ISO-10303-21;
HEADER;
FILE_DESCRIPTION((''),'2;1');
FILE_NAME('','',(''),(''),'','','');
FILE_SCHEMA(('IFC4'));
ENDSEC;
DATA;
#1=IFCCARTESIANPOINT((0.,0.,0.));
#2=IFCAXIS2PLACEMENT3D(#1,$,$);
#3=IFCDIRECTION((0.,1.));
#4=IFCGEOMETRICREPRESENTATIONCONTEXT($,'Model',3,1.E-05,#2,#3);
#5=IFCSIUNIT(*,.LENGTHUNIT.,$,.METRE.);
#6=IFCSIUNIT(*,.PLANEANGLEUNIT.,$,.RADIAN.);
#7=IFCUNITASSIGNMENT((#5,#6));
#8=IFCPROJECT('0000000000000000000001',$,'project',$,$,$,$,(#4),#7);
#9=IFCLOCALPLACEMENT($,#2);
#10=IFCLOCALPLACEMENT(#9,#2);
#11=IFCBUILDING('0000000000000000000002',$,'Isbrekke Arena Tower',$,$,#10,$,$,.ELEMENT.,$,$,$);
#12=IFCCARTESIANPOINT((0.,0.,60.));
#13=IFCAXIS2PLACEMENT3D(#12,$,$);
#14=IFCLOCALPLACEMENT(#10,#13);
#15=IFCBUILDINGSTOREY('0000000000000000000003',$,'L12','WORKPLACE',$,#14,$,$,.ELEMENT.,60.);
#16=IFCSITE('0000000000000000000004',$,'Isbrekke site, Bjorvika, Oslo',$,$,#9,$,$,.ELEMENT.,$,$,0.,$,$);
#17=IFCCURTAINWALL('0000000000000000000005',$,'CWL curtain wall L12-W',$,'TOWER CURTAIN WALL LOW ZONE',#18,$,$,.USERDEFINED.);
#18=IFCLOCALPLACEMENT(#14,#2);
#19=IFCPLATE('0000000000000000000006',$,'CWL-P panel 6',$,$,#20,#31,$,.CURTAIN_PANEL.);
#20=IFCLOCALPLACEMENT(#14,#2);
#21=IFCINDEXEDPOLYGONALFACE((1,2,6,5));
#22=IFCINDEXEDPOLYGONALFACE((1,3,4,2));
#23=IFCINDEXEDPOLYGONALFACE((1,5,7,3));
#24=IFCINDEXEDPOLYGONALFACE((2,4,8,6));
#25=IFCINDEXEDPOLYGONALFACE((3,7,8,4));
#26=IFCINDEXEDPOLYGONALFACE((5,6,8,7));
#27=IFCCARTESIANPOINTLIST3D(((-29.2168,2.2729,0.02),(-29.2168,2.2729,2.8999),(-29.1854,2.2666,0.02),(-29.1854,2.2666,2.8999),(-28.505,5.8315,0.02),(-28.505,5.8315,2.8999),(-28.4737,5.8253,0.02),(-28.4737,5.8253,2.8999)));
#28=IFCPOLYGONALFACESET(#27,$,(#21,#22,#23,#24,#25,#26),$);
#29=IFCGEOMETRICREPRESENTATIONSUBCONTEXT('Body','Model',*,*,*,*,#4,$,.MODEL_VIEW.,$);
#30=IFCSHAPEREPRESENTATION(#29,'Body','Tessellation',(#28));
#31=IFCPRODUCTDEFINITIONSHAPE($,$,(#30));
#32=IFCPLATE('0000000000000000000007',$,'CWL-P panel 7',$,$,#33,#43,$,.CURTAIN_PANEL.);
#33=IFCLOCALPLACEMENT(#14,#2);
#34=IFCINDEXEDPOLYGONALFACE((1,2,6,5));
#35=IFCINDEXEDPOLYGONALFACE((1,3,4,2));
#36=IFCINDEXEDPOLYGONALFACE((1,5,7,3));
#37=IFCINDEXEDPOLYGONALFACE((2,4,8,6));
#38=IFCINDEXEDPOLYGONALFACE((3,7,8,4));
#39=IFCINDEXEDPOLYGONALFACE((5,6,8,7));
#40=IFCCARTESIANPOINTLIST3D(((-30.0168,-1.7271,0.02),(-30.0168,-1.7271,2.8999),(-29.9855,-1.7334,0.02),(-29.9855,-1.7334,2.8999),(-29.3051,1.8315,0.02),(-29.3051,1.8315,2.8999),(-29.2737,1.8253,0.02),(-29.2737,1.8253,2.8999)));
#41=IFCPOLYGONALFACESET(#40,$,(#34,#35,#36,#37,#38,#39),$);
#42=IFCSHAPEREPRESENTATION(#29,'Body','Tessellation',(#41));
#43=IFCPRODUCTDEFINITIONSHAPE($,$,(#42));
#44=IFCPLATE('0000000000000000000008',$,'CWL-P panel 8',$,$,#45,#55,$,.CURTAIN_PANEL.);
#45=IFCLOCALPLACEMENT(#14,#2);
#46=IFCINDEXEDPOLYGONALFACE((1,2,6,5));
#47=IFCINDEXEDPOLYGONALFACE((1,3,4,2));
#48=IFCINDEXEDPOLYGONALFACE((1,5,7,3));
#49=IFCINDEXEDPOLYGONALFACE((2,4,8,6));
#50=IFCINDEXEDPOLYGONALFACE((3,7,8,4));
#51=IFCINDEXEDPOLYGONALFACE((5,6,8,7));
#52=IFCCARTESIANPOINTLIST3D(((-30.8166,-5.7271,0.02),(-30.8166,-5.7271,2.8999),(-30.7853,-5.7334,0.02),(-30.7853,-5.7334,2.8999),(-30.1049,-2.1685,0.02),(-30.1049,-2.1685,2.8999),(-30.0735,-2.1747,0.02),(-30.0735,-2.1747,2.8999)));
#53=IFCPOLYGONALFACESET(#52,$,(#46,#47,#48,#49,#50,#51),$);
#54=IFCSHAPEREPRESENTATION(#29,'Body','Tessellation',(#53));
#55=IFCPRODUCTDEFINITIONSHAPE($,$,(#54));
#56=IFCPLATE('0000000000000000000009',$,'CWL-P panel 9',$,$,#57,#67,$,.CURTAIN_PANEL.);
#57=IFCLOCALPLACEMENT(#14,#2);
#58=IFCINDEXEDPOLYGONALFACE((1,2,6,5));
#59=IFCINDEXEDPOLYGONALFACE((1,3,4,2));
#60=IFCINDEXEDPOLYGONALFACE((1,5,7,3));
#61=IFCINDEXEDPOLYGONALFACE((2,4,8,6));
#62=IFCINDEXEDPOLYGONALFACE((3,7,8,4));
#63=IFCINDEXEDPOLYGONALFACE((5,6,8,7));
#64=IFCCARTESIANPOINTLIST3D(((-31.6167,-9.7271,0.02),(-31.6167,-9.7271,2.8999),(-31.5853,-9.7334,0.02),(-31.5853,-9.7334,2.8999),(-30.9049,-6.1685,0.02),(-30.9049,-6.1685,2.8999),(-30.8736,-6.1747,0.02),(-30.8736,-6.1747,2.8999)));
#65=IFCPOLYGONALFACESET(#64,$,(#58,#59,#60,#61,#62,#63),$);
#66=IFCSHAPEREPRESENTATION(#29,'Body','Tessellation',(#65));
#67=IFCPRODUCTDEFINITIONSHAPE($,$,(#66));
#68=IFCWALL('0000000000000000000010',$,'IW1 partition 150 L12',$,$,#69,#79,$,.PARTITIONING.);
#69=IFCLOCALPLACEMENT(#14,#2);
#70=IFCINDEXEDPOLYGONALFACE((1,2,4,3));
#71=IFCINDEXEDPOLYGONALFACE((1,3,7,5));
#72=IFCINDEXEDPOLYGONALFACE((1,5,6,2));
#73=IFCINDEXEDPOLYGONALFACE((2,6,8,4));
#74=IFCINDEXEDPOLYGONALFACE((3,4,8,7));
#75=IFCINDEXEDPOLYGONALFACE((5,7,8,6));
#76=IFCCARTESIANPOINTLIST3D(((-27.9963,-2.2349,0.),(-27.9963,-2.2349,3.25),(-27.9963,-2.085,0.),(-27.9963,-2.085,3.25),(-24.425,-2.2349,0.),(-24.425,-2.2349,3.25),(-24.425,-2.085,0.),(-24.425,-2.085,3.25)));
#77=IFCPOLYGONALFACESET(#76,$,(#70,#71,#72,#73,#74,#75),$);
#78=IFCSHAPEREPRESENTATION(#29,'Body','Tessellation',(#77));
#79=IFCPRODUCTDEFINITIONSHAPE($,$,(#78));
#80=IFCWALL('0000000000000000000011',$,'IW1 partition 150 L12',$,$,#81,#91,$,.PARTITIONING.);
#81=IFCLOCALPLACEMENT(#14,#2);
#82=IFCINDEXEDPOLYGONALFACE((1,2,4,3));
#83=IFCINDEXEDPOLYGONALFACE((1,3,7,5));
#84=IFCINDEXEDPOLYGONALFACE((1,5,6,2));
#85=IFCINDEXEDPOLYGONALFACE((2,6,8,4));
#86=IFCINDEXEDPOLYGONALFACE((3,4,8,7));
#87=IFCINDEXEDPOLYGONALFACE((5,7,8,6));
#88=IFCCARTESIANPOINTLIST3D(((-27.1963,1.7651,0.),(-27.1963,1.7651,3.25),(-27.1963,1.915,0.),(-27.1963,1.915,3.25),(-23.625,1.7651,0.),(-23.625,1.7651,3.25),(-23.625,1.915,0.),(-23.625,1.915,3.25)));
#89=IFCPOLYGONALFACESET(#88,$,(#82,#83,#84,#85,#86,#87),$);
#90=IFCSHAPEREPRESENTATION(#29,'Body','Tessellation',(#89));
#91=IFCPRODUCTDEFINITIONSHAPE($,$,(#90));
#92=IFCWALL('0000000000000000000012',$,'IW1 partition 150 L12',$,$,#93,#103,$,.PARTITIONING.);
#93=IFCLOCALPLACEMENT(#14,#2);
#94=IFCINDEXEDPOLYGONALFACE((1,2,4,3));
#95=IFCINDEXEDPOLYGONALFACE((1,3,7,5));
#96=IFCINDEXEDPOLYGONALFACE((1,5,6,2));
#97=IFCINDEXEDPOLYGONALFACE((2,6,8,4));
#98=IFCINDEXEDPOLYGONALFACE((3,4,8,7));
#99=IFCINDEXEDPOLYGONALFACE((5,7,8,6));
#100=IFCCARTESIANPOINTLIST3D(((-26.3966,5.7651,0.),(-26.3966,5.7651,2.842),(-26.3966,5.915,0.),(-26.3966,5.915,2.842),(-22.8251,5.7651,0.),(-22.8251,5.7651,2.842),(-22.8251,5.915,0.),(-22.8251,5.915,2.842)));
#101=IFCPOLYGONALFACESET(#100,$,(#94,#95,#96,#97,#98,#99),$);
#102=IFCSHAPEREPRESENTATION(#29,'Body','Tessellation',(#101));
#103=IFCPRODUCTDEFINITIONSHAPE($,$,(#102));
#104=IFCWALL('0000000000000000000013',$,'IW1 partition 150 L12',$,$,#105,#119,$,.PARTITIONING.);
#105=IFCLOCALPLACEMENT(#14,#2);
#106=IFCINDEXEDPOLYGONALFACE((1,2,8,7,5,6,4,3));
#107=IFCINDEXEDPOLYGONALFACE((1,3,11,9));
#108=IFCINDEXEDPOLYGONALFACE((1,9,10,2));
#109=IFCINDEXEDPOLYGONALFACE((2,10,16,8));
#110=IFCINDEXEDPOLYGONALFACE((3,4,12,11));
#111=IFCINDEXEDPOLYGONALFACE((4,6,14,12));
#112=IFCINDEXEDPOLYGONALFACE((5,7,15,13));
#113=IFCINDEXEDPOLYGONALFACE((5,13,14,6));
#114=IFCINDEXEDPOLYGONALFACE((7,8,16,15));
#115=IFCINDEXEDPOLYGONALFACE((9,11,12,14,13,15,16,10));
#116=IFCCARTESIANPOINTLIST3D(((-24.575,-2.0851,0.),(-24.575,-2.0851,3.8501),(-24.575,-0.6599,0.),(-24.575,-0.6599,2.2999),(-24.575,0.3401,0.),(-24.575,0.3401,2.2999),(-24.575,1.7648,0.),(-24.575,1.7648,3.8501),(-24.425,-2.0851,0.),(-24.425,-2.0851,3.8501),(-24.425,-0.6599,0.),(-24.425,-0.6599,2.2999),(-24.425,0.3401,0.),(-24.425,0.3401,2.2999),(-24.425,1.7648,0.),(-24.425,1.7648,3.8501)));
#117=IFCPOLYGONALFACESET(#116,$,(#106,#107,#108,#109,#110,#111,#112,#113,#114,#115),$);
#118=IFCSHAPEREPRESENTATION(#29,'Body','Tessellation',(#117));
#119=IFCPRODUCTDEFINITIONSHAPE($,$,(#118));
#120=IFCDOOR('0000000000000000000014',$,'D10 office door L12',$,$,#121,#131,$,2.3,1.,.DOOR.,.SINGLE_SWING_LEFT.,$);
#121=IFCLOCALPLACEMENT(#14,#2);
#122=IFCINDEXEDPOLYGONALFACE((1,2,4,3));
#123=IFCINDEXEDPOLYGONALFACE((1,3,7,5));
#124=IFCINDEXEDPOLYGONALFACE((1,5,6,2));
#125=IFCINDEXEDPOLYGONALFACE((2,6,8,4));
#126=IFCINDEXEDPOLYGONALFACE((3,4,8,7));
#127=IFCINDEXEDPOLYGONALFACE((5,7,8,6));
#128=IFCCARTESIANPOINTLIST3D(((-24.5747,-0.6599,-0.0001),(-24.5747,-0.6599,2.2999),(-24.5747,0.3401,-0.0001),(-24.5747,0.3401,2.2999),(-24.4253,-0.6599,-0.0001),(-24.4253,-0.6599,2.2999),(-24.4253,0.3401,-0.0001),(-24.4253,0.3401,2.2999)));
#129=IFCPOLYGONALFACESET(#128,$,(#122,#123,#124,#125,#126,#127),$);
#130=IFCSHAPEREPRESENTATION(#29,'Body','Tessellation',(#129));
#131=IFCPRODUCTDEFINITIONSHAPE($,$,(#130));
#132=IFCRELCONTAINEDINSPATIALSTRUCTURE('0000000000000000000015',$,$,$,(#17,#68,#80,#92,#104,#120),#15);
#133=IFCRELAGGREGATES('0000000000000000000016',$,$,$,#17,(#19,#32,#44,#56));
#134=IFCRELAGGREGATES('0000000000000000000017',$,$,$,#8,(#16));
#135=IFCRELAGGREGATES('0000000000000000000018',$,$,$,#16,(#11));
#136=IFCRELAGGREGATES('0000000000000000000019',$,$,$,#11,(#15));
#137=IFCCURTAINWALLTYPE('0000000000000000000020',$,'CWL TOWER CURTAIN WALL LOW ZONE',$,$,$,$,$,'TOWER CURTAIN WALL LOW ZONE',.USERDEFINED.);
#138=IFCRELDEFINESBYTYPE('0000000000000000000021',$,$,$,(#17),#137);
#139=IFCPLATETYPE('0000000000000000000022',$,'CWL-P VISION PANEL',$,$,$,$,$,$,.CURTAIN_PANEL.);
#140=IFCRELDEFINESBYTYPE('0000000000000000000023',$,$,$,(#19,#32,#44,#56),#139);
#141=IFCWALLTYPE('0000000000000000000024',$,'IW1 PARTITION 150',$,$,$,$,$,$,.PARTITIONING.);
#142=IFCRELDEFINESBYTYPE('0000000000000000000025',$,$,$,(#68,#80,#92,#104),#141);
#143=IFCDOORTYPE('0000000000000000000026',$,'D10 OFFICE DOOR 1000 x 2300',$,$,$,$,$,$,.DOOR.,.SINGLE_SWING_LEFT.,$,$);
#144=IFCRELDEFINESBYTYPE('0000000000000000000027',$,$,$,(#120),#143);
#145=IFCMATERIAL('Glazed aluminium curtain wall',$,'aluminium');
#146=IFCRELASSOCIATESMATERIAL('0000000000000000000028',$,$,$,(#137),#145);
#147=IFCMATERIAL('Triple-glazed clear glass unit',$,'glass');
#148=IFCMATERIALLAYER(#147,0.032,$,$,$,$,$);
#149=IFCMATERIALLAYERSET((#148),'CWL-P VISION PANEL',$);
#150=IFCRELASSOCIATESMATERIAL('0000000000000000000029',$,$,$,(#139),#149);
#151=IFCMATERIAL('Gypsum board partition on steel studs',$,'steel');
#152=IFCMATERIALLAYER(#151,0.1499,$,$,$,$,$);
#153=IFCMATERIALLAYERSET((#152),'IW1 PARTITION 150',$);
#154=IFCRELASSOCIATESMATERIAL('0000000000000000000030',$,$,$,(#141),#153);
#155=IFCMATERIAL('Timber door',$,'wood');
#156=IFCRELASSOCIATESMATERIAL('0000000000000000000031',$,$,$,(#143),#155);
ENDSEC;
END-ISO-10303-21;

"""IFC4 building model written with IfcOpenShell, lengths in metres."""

from ifc_helpers import new_model, si_unit, direction, frame, frame_2d, origin, origin_2d, place, context, subcontext, project, spatial, rectangle, extrude, material, layer, layer_set, type_object, element, fill, aggregate, save


model = new_model("IFC4")

# Units and contexts
model_context = context("Model", 3, precision=1e-05, world=origin(), true_north=direction((0.0, 1.0)))
body_context = subcontext(model_context, "Body", "Model", "MODEL_VIEW")
ifc_project = project(units=[si_unit("LENGTHUNIT", "METRE"), si_unit("PLANEANGLEUNIT", "RADIAN")], contexts=[model_context])

# Site, building, storey
site_placement = place(None, origin())
site = spatial("IfcSite", under=ifc_project, at=site_placement, Name="Isbrekke site, Bjorvika, Oslo", CompositionType="ELEMENT", RefElevation=0.0)
building_placement = place(site_placement, origin())
building = spatial("IfcBuilding", under=site, at=building_placement, Name="Isbrekke Arena Tower", CompositionType="ELEMENT")
storey_placement = place(building_placement, frame((0.0, 0.0, 60.0)))
storey = spatial("IfcBuildingStorey", under=building, at=storey_placement, Name="L12", Description="WORKPLACE", CompositionType="ELEMENT", Elevation=60.0)

# Curtain wall
ifc_material_1 = material(Name="Glazed aluminium curtain wall", Category="aluminium")
curtain_wall_type = type_object("IfcCurtainWallType", Name="CWL TOWER CURTAIN WALL LOW ZONE", ElementType="TOWER CURTAIN WALL LOW ZONE", PredefinedType="USERDEFINED", material=ifc_material_1)
curtain_wall_placement = place(storey_placement, origin())
curtain_wall = element("IfcCurtainWall", 1, at=curtain_wall_placement, inside=storey, type_object=curtain_wall_type, Name="CWL curtain wall L12-W", ObjectType="TOWER CURTAIN WALL LOW ZONE", PredefinedType="USERDEFINED")

# Plates
ifc_material_2 = material(Name="Triple-glazed clear glass unit", Category="glass")
ifc_layer_1 = layer(ifc_material_2, 0.032)
ifc_layer_set_1 = layer_set([ifc_layer_1], Name="CWL-P VISION PANEL")
plate_type = type_object("IfcPlateType", Name="CWL-P VISION PANEL", PredefinedType="CURTAIN_PANEL", material=ifc_layer_set_1)
plate_1_placement = place(storey_placement, frame((-28.8452, 4.0491, 0.02), z_axis=(0.0, 0.0, 1.0), x_axis=(-0.196116, -0.980581, 0.0)))
plate_1 = element("IfcPlate", 2, at=plate_1_placement, type_object=plate_type, Name="CWL-P panel 6", PredefinedType="CURTAIN_PANEL", context=body_context, shape_type="SweptSolid", body=[
    extrude(rectangle(XDim=3.6292, YDim=0.032, at=origin_2d()), origin(), (0.0, 0.0, 1.0), 2.8799),
])
plate_2_placement = place(storey_placement, frame((-29.6453, 0.0491, 0.02), z_axis=(0.0, 0.0, 1.0), x_axis=(-0.196116, -0.980581, 0.0)))
plate_2 = element("IfcPlate", 3, at=plate_2_placement, type_object=plate_type, Name="CWL-P panel 7", PredefinedType="CURTAIN_PANEL", context=body_context, shape_type="SweptSolid", body=[
    extrude(rectangle(XDim=3.6292, YDim=0.032, at=origin_2d()), origin(), (0.0, 0.0, 1.0), 2.8799),
])
plate_3_placement = place(storey_placement, frame((-30.4451, -3.9509, 0.02), z_axis=(0.0, 0.0, 1.0), x_axis=(-0.196116, -0.980581, 0.0)))
plate_3 = element("IfcPlate", 4, at=plate_3_placement, type_object=plate_type, Name="CWL-P panel 8", PredefinedType="CURTAIN_PANEL", context=body_context, shape_type="SweptSolid", body=[
    extrude(rectangle(XDim=3.6292, YDim=0.032, at=origin_2d()), origin(), (0.0, 0.0, 1.0), 2.8799),
])
plate_4_placement = place(storey_placement, frame((-31.2451, -7.9509, 0.02), z_axis=(0.0, 0.0, 1.0), x_axis=(-0.196116, -0.980581, 0.0)))
plate_4 = element("IfcPlate", 5, at=plate_4_placement, type_object=plate_type, Name="CWL-P panel 9", PredefinedType="CURTAIN_PANEL", context=body_context, shape_type="SweptSolid", body=[
    extrude(rectangle(XDim=3.6292, YDim=0.032, at=origin_2d()), origin(), (0.0, 0.0, 1.0), 2.8799),
])
aggregate(curtain_wall, [plate_1, plate_2, plate_3, plate_4])

# Walls
ifc_material_3 = material(Name="Gypsum board partition on steel studs", Category="steel")
ifc_layer_2 = layer(ifc_material_3, 0.1499)
ifc_layer_set_2 = layer_set([ifc_layer_2], Name="IW1 PARTITION 150")
wall_type = type_object("IfcWallType", Name="IW1 PARTITION 150", PredefinedType="PARTITIONING", material=ifc_layer_set_2)
for number, where, z_axis, x_axis, name in (
    (6, (-27.9963, -2.1599, 0.0), (0.0, 0.0, 1.0), (1.0, 0.0, 0.0), "IW1 partition 150 L12"),
    (7, (-27.1963, 1.8401, 0.0), (0.0, 0.0, 1.0), (1.0, 0.0, 0.0), "IW1 partition 150 L12"),
):
    element("IfcWall", number, at=place(storey_placement, frame(where, z_axis=z_axis, x_axis=x_axis)), inside=storey, type_object=wall_type, Name=name, PredefinedType="PARTITIONING", context=body_context, shape_type="SweptSolid", body=[
        extrude(rectangle(XDim=3.5713, YDim=0.1499, at=frame_2d((1.7856, 0.0))), origin(), (0.0, 0.0, 1.0), 3.25),
    ])
wall_1_placement = place(storey_placement, frame((-26.3965, 5.8401, 0.0), z_axis=(0.0, 0.0, 1.0), x_axis=(1.0, 0.0, 0.0)))
element("IfcWall", 8, at=wall_1_placement, inside=storey, type_object=wall_type, Name="IW1 partition 150 L12", PredefinedType="PARTITIONING", context=body_context, shape_type="SweptSolid", body=[
    extrude(rectangle(XDim=3.5715, YDim=0.1499, at=frame_2d((1.7856, 0.0))), origin(), (0.0, 0.0, 1.0), 2.842),
])

# Wall, opening, door
wall_2_placement = place(storey_placement, frame((-24.5, -2.085, 0.0), z_axis=(0.0, 0.0, 1.0), x_axis=(0.0, 1.0, 0.0)))
wall_2 = element("IfcWall", 9, at=wall_2_placement, inside=storey, type_object=wall_type, Name="IW1 partition 150 L12", PredefinedType="PARTITIONING", context=body_context, shape_type="SweptSolid", body=[
    extrude(rectangle(XDim=3.8499, YDim=0.1499, at=frame_2d((1.9248, 0.0))), origin(), (0.0, 0.0, 1.0), 3.8501),
])
opening_placement = place(wall_2_placement, frame((1.425, 0.0, 0.0)))
opening = element("IfcOpeningElement", 10, at=opening_placement, cuts=wall_2, PredefinedType="OPENING", context=body_context, shape_type="SweptSolid", body=[
    extrude(rectangle(XDim=1.0, YDim=2.3, at=frame_2d((0.5, 1.1499))), frame((0.0, 0.0898, 0.0), z_axis=(0.0, -1.0, 0.0), x_axis=(1.0, 0.0, 0.0)), (0.0, 0.0, 1.0), 0.1797),
])
ifc_material_4 = material(Name="Timber door", Category="wood")
door_type = type_object("IfcDoorType", Name="D10 OFFICE DOOR 1000 x 2300", OperationType="SINGLE_SWING_LEFT", PredefinedType="DOOR", material=ifc_material_4)
door_placement = place(opening_placement, origin())
door = element("IfcDoor", 11, at=door_placement, inside=storey, type_object=door_type, Name="D10 office door L12", OperationType="SINGLE_SWING_LEFT", OverallHeight=2.3, OverallWidth=1.0, PredefinedType="DOOR", context=body_context, shape_type="SweptSolid", body=[
    extrude(rectangle(XDim=1.0, YDim=2.3, at=frame_2d((0.5, 1.1499))), frame((0.0, 0.0747, 0.0), z_axis=(0.0, -1.0, 0.0), x_axis=(1.0, 0.0, 0.0)), (0.0, 0.0, 1.0), 0.1494),
])
fill(opening, door)

save(model, "model.ifc")
